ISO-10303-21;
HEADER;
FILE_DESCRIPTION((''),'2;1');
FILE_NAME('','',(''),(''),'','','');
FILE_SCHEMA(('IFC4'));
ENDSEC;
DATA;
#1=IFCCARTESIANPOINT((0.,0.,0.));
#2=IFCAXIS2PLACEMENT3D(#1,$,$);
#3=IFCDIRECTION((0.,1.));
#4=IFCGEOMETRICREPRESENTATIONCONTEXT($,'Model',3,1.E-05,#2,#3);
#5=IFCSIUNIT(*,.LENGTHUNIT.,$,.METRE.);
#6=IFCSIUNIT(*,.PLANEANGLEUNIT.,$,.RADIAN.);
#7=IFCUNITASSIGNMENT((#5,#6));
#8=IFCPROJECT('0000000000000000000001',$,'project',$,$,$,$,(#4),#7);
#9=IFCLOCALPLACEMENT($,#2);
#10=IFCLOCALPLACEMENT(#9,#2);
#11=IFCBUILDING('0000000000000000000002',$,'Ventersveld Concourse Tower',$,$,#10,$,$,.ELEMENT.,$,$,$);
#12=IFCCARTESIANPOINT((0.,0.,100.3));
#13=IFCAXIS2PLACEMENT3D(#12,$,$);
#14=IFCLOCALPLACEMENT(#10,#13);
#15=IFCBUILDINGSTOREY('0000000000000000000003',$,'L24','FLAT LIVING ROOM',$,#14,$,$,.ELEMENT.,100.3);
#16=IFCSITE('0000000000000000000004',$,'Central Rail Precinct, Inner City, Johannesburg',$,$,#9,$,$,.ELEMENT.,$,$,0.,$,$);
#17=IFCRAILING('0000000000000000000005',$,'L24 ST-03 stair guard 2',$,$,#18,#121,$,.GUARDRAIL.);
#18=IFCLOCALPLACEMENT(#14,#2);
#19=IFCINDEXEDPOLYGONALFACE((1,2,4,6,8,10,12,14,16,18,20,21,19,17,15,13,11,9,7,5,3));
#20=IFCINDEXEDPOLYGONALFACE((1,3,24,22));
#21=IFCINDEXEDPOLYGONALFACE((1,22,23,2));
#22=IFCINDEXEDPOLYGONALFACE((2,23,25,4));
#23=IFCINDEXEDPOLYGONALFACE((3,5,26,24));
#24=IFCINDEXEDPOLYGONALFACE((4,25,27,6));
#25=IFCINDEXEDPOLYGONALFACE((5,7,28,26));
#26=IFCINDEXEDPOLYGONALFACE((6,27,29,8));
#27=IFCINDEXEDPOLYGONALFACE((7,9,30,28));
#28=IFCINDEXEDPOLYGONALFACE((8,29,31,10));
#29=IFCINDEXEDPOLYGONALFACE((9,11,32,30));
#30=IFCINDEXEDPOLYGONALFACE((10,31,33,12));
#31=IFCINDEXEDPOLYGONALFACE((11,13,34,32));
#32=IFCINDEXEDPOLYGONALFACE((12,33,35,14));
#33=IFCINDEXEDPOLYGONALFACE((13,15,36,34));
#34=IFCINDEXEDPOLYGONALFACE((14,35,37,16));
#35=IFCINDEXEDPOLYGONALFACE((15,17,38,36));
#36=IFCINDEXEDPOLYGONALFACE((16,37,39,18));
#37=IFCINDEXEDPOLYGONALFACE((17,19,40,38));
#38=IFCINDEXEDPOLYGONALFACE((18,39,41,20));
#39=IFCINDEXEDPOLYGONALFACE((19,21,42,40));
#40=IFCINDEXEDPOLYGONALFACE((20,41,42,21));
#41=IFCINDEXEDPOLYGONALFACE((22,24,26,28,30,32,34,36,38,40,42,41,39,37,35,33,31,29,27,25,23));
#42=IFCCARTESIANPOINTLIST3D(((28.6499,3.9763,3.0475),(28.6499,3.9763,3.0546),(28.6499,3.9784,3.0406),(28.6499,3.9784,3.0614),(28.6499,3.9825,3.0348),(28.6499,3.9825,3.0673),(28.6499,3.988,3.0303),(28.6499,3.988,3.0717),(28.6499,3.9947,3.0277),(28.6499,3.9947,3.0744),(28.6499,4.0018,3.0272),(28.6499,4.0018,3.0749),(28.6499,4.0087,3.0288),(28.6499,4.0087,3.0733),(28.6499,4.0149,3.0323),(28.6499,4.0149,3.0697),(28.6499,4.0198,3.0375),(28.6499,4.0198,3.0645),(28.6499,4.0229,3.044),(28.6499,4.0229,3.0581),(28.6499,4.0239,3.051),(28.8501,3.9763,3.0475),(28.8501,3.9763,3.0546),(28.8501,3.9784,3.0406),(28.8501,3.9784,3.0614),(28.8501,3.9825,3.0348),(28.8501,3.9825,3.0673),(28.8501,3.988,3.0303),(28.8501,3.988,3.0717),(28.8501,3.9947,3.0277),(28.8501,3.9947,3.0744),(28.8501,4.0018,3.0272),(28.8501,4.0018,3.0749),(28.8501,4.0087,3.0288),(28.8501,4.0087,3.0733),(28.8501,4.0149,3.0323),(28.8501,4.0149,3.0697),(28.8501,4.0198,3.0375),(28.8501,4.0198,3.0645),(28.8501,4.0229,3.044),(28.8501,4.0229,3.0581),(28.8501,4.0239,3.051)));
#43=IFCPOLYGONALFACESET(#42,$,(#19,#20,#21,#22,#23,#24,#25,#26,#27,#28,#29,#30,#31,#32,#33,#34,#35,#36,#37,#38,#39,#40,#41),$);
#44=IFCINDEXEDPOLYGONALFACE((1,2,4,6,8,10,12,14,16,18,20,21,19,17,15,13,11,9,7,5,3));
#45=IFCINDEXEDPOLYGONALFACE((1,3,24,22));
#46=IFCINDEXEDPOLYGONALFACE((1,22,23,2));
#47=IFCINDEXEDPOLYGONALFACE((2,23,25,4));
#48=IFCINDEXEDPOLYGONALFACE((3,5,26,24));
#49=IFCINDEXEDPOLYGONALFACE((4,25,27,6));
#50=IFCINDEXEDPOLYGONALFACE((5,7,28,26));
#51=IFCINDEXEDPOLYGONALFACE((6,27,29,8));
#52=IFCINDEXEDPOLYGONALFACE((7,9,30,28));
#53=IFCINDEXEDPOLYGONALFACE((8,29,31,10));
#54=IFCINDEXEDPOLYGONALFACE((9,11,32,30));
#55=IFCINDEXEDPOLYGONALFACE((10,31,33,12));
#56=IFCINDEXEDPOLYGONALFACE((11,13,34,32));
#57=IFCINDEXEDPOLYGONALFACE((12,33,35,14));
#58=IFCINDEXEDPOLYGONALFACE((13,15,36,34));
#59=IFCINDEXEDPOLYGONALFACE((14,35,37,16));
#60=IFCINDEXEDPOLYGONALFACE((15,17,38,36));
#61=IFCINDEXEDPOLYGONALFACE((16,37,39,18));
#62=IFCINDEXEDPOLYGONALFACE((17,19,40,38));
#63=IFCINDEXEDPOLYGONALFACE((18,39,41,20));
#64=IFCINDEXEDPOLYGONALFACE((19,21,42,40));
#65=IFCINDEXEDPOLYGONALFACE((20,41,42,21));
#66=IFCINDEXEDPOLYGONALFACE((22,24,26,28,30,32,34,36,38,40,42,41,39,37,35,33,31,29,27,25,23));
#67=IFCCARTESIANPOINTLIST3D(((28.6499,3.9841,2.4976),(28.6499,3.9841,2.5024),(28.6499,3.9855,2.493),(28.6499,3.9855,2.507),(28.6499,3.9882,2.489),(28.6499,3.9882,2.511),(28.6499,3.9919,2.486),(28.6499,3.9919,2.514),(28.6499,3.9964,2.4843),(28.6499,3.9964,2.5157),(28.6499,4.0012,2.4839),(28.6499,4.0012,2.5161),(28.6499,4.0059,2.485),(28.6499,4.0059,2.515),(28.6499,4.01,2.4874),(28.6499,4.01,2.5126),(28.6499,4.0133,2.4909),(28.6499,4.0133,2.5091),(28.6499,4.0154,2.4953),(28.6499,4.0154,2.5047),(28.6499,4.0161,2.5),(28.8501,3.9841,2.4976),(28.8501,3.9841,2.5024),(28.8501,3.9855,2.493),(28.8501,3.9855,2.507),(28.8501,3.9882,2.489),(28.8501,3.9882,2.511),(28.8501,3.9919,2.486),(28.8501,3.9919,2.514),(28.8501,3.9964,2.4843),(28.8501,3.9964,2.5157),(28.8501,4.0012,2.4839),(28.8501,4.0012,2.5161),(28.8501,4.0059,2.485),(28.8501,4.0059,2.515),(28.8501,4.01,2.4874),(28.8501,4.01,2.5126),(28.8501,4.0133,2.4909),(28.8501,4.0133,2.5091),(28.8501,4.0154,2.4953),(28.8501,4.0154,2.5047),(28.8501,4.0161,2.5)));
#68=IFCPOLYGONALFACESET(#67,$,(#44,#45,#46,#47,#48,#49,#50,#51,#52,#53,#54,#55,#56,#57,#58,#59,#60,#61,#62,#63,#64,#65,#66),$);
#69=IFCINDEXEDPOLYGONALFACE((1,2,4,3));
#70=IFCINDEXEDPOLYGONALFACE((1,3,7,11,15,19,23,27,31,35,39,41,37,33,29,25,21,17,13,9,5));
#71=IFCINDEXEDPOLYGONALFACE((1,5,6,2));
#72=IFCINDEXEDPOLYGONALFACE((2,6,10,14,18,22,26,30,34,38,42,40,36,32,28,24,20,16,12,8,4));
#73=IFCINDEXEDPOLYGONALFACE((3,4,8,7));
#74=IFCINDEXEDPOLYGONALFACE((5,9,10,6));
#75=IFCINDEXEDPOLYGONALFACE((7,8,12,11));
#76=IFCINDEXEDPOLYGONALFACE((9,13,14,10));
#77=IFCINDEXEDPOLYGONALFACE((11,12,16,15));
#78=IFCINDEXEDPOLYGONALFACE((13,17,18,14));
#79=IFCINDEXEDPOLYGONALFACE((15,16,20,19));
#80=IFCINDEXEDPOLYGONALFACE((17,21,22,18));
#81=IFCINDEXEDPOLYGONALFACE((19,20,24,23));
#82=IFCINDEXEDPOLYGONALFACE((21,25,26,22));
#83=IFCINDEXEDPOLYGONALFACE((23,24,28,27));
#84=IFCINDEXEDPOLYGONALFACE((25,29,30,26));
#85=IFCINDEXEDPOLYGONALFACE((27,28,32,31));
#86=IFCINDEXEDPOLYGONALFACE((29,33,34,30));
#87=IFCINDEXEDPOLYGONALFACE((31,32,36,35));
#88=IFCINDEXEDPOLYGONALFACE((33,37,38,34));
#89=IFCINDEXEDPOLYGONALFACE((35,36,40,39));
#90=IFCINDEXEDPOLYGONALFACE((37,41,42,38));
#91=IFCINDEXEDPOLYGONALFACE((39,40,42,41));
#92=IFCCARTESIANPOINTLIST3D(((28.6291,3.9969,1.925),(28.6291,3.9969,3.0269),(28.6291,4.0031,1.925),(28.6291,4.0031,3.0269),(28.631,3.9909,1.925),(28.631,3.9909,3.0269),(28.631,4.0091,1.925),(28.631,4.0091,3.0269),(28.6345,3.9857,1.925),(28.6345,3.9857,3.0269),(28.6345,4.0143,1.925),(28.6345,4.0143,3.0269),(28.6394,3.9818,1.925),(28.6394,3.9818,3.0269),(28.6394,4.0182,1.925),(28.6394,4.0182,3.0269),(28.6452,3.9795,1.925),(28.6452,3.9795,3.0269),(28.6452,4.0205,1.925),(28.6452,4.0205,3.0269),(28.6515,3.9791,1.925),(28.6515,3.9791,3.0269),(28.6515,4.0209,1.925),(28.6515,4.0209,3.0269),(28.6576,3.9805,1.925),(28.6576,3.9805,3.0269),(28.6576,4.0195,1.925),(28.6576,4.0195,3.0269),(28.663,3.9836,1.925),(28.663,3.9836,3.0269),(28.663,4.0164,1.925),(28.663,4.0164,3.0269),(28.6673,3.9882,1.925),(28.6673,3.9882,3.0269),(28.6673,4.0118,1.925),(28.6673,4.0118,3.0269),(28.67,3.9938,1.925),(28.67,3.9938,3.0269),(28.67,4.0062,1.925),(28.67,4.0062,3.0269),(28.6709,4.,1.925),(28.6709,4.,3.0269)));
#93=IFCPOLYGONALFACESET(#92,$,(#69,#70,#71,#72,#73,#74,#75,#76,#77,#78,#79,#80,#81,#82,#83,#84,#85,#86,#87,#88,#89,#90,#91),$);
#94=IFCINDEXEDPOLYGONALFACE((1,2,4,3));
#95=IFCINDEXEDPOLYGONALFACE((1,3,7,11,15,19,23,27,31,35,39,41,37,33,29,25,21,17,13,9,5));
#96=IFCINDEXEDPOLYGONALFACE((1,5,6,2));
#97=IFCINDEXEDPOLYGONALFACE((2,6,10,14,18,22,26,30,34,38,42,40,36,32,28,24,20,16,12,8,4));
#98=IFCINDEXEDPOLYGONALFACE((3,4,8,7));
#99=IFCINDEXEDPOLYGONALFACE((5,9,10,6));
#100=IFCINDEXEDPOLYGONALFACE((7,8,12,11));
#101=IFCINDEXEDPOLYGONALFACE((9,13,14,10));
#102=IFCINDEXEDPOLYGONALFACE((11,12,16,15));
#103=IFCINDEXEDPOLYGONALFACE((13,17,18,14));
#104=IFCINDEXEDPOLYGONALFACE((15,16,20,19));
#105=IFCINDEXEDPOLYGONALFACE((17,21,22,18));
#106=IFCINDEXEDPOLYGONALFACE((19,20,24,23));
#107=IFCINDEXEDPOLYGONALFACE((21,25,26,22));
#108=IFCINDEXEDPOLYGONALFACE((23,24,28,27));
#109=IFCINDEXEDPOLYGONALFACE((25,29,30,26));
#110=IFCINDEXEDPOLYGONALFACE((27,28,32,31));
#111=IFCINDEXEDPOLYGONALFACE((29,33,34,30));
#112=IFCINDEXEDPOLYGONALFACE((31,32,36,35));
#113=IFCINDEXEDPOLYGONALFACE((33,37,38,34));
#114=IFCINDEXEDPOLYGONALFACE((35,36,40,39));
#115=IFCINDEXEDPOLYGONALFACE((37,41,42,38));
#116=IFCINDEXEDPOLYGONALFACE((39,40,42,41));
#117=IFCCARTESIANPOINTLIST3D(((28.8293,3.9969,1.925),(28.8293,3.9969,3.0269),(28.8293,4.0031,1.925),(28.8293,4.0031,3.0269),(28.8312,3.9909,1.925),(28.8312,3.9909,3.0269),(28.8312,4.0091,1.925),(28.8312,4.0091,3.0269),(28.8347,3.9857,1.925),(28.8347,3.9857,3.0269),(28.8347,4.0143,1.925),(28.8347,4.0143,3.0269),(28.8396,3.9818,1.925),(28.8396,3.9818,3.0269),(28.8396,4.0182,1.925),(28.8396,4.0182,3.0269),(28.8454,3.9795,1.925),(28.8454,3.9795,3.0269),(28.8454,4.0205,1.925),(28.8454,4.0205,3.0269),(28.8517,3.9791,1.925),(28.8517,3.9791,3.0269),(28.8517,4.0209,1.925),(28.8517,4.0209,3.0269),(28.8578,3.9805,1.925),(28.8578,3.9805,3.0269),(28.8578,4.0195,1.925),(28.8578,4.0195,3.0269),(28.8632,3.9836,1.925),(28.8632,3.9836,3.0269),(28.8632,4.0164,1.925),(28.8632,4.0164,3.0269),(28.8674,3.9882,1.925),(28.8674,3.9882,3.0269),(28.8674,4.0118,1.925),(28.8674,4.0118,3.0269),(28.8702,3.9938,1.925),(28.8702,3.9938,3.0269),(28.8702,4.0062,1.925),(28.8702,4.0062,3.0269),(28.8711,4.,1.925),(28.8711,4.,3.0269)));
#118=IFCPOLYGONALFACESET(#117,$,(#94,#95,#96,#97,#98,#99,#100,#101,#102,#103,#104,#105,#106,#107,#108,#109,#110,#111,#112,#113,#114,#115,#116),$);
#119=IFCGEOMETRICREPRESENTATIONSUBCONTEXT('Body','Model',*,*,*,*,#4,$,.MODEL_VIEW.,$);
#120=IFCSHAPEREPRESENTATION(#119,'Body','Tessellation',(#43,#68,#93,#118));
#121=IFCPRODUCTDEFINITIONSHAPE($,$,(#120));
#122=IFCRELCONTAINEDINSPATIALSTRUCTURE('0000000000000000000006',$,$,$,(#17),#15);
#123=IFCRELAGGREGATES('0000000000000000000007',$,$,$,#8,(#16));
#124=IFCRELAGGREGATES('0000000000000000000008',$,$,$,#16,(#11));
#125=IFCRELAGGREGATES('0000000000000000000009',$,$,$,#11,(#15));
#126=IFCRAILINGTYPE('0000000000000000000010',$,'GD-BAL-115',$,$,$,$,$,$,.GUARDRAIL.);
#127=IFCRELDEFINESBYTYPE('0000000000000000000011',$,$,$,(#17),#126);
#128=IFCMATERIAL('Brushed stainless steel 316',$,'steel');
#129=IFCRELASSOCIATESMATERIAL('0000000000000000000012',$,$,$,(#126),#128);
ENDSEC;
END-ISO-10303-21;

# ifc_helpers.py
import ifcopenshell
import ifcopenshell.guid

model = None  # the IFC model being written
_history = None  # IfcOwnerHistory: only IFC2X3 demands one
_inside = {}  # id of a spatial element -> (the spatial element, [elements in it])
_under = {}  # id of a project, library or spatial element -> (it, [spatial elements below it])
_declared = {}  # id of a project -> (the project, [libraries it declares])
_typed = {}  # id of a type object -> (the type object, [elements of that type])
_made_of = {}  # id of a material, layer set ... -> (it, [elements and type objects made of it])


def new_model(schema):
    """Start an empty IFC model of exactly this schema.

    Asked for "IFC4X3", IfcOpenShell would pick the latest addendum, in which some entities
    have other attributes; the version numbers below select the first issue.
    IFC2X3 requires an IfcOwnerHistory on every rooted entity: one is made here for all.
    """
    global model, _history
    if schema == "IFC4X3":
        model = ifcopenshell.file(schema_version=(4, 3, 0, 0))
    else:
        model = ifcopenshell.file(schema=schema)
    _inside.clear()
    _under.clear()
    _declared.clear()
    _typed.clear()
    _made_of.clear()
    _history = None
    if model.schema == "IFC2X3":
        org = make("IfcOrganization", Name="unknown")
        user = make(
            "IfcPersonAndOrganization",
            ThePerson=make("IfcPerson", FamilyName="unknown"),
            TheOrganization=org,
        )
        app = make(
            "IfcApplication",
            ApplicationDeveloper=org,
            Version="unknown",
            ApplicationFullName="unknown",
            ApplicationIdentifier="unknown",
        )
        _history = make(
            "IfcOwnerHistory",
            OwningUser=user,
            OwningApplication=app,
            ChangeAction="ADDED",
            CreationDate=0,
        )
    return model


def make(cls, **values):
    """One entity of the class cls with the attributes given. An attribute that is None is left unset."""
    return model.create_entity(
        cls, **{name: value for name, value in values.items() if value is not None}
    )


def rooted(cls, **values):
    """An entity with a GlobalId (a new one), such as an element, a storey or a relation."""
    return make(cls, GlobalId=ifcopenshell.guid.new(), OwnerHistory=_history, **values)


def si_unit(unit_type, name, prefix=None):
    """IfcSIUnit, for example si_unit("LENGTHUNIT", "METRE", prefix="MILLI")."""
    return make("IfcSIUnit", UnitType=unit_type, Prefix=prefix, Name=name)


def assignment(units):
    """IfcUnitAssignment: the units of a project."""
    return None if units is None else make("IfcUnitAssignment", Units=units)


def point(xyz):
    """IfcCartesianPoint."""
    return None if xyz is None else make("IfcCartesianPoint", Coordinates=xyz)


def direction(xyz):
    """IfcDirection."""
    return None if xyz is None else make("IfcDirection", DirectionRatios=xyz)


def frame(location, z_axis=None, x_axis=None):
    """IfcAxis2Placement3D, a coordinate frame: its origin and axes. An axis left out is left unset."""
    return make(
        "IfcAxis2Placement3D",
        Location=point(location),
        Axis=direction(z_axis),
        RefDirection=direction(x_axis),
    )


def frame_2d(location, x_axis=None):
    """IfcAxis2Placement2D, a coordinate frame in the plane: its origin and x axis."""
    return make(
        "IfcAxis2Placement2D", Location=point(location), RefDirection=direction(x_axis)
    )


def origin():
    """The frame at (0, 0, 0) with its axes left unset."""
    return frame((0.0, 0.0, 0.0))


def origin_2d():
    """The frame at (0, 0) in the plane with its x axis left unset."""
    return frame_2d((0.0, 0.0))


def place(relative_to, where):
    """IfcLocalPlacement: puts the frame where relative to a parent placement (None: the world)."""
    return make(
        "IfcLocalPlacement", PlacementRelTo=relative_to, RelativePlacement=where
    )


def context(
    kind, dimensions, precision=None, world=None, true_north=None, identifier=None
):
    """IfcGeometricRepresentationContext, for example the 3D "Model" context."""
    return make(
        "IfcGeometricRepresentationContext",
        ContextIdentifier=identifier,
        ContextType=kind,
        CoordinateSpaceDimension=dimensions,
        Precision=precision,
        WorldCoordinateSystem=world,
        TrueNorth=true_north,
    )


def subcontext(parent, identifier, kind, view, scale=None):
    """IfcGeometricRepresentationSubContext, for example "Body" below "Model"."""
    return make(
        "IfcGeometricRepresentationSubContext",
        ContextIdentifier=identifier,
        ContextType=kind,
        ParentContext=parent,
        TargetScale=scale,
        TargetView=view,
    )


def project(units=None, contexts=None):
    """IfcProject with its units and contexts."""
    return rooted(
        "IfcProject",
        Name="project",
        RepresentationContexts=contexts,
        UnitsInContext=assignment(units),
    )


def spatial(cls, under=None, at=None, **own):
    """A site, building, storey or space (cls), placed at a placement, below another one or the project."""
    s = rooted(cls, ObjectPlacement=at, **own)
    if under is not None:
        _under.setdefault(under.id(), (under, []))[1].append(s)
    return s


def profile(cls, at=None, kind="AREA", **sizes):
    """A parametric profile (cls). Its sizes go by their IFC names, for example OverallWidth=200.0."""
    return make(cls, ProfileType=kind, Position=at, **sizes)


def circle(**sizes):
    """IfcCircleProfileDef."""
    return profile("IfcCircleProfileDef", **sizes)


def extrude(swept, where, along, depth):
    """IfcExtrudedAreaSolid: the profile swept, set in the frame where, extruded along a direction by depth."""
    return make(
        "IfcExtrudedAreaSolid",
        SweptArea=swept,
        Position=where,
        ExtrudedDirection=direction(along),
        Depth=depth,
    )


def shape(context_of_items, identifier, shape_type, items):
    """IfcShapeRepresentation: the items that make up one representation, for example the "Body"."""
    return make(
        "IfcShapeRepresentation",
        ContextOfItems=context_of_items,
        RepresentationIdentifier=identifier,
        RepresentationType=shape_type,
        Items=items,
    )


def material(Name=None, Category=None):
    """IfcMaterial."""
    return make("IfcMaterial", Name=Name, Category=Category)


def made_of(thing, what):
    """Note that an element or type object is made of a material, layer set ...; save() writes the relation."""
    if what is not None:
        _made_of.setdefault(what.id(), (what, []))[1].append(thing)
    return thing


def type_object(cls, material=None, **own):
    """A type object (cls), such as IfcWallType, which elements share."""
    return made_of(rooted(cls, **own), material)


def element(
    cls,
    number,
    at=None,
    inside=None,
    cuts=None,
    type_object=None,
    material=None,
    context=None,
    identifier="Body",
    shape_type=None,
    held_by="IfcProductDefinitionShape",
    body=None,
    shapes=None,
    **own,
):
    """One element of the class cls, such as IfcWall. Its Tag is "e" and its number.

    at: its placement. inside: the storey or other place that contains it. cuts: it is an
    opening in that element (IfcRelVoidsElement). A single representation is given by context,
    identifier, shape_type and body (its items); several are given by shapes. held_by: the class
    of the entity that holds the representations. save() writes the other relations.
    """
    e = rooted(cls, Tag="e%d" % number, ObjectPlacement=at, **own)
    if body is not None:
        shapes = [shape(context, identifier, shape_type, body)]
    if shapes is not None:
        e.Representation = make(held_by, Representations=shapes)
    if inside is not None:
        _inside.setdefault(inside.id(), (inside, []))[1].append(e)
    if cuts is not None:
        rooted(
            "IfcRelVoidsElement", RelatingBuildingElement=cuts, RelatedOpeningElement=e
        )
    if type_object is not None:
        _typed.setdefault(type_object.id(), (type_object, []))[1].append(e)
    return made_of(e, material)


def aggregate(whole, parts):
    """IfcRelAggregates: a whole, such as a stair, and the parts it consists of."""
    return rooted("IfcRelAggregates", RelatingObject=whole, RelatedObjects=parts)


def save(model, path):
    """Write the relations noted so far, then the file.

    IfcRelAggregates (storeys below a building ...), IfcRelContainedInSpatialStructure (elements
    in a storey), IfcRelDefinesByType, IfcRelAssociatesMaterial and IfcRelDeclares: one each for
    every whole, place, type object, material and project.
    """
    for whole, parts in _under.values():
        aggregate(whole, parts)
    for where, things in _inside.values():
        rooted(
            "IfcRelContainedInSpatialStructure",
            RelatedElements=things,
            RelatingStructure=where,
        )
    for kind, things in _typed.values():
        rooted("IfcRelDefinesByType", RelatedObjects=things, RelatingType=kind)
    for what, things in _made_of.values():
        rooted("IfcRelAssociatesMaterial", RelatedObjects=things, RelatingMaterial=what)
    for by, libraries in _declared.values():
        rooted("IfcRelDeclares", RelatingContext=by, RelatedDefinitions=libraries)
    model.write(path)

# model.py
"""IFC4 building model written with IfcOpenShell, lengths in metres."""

from ifc_helpers import new_model, si_unit, direction, frame, origin, origin_2d, place, context, subcontext, project, spatial, circle, extrude, material, type_object, element, save


model = new_model("IFC4")

# Units and contexts
model_context = context("Model", 3, precision=1e-05, world=origin(), true_north=direction((0.0, 1.0)))
body_context = subcontext(model_context, "Body", "Model", "MODEL_VIEW")
ifc_project = project(units=[si_unit("LENGTHUNIT", "METRE"), si_unit("PLANEANGLEUNIT", "RADIAN")], contexts=[model_context])

# Site, building, storey
site_placement = place(None, origin())
site = spatial("IfcSite", under=ifc_project, at=site_placement, Name="Central Rail Precinct, Inner City, Johannesburg", CompositionType="ELEMENT", RefElevation=0.0)
building_placement = place(site_placement, origin())
building = spatial("IfcBuilding", under=site, at=building_placement, Name="Ventersveld Concourse Tower", CompositionType="ELEMENT")
storey_placement = place(building_placement, frame((0.0, 0.0, 100.3)))
storey = spatial("IfcBuildingStorey", under=building, at=storey_placement, Name="L24", Description="FLAT LIVING ROOM", CompositionType="ELEMENT", Elevation=100.3)

# Railing
ifc_material_1 = material(Name="Brushed stainless steel 316", Category="steel")
railing_type_1 = type_object("IfcRailingType", Name="GD-BAL-115", PredefinedType="GUARDRAIL", material=ifc_material_1)
railing_1_placement = place(storey_placement, frame((28.6499, 4.0, 1.925)))
element("IfcRailing", 1, at=railing_1_placement, inside=storey, type_object=railing_type_1, Name="L24 ST-03 stair guard 2", PredefinedType="GUARDRAIL", context=body_context, shape_type="SweptSolid", body=[
    extrude(circle(Radius=0.0239, at=origin_2d()), frame((0.0, 0.0, 1.126), z_axis=(1.0, 0.0, 0.0), x_axis=(0.0, 1.0, 0.0)), (0.0, 0.0, 1.0), 0.2002),
    extrude(circle(Radius=0.0161, at=origin_2d()), frame((0.0, 0.0, 0.575), z_axis=(1.0, 0.0, 0.0), x_axis=(0.0, 1.0, 0.0)), (0.0, 0.0, 1.0), 0.2002),
    extrude(circle(Radius=0.021, at=origin_2d()), origin(), (0.0, 0.0, 1.0), 1.1018),
    extrude(circle(Radius=0.021, at=origin_2d()), frame((0.2002, 0.0, 0.0)), (0.0, 0.0, 1.0), 1.1018),
])

save(model, "model.ifc")
